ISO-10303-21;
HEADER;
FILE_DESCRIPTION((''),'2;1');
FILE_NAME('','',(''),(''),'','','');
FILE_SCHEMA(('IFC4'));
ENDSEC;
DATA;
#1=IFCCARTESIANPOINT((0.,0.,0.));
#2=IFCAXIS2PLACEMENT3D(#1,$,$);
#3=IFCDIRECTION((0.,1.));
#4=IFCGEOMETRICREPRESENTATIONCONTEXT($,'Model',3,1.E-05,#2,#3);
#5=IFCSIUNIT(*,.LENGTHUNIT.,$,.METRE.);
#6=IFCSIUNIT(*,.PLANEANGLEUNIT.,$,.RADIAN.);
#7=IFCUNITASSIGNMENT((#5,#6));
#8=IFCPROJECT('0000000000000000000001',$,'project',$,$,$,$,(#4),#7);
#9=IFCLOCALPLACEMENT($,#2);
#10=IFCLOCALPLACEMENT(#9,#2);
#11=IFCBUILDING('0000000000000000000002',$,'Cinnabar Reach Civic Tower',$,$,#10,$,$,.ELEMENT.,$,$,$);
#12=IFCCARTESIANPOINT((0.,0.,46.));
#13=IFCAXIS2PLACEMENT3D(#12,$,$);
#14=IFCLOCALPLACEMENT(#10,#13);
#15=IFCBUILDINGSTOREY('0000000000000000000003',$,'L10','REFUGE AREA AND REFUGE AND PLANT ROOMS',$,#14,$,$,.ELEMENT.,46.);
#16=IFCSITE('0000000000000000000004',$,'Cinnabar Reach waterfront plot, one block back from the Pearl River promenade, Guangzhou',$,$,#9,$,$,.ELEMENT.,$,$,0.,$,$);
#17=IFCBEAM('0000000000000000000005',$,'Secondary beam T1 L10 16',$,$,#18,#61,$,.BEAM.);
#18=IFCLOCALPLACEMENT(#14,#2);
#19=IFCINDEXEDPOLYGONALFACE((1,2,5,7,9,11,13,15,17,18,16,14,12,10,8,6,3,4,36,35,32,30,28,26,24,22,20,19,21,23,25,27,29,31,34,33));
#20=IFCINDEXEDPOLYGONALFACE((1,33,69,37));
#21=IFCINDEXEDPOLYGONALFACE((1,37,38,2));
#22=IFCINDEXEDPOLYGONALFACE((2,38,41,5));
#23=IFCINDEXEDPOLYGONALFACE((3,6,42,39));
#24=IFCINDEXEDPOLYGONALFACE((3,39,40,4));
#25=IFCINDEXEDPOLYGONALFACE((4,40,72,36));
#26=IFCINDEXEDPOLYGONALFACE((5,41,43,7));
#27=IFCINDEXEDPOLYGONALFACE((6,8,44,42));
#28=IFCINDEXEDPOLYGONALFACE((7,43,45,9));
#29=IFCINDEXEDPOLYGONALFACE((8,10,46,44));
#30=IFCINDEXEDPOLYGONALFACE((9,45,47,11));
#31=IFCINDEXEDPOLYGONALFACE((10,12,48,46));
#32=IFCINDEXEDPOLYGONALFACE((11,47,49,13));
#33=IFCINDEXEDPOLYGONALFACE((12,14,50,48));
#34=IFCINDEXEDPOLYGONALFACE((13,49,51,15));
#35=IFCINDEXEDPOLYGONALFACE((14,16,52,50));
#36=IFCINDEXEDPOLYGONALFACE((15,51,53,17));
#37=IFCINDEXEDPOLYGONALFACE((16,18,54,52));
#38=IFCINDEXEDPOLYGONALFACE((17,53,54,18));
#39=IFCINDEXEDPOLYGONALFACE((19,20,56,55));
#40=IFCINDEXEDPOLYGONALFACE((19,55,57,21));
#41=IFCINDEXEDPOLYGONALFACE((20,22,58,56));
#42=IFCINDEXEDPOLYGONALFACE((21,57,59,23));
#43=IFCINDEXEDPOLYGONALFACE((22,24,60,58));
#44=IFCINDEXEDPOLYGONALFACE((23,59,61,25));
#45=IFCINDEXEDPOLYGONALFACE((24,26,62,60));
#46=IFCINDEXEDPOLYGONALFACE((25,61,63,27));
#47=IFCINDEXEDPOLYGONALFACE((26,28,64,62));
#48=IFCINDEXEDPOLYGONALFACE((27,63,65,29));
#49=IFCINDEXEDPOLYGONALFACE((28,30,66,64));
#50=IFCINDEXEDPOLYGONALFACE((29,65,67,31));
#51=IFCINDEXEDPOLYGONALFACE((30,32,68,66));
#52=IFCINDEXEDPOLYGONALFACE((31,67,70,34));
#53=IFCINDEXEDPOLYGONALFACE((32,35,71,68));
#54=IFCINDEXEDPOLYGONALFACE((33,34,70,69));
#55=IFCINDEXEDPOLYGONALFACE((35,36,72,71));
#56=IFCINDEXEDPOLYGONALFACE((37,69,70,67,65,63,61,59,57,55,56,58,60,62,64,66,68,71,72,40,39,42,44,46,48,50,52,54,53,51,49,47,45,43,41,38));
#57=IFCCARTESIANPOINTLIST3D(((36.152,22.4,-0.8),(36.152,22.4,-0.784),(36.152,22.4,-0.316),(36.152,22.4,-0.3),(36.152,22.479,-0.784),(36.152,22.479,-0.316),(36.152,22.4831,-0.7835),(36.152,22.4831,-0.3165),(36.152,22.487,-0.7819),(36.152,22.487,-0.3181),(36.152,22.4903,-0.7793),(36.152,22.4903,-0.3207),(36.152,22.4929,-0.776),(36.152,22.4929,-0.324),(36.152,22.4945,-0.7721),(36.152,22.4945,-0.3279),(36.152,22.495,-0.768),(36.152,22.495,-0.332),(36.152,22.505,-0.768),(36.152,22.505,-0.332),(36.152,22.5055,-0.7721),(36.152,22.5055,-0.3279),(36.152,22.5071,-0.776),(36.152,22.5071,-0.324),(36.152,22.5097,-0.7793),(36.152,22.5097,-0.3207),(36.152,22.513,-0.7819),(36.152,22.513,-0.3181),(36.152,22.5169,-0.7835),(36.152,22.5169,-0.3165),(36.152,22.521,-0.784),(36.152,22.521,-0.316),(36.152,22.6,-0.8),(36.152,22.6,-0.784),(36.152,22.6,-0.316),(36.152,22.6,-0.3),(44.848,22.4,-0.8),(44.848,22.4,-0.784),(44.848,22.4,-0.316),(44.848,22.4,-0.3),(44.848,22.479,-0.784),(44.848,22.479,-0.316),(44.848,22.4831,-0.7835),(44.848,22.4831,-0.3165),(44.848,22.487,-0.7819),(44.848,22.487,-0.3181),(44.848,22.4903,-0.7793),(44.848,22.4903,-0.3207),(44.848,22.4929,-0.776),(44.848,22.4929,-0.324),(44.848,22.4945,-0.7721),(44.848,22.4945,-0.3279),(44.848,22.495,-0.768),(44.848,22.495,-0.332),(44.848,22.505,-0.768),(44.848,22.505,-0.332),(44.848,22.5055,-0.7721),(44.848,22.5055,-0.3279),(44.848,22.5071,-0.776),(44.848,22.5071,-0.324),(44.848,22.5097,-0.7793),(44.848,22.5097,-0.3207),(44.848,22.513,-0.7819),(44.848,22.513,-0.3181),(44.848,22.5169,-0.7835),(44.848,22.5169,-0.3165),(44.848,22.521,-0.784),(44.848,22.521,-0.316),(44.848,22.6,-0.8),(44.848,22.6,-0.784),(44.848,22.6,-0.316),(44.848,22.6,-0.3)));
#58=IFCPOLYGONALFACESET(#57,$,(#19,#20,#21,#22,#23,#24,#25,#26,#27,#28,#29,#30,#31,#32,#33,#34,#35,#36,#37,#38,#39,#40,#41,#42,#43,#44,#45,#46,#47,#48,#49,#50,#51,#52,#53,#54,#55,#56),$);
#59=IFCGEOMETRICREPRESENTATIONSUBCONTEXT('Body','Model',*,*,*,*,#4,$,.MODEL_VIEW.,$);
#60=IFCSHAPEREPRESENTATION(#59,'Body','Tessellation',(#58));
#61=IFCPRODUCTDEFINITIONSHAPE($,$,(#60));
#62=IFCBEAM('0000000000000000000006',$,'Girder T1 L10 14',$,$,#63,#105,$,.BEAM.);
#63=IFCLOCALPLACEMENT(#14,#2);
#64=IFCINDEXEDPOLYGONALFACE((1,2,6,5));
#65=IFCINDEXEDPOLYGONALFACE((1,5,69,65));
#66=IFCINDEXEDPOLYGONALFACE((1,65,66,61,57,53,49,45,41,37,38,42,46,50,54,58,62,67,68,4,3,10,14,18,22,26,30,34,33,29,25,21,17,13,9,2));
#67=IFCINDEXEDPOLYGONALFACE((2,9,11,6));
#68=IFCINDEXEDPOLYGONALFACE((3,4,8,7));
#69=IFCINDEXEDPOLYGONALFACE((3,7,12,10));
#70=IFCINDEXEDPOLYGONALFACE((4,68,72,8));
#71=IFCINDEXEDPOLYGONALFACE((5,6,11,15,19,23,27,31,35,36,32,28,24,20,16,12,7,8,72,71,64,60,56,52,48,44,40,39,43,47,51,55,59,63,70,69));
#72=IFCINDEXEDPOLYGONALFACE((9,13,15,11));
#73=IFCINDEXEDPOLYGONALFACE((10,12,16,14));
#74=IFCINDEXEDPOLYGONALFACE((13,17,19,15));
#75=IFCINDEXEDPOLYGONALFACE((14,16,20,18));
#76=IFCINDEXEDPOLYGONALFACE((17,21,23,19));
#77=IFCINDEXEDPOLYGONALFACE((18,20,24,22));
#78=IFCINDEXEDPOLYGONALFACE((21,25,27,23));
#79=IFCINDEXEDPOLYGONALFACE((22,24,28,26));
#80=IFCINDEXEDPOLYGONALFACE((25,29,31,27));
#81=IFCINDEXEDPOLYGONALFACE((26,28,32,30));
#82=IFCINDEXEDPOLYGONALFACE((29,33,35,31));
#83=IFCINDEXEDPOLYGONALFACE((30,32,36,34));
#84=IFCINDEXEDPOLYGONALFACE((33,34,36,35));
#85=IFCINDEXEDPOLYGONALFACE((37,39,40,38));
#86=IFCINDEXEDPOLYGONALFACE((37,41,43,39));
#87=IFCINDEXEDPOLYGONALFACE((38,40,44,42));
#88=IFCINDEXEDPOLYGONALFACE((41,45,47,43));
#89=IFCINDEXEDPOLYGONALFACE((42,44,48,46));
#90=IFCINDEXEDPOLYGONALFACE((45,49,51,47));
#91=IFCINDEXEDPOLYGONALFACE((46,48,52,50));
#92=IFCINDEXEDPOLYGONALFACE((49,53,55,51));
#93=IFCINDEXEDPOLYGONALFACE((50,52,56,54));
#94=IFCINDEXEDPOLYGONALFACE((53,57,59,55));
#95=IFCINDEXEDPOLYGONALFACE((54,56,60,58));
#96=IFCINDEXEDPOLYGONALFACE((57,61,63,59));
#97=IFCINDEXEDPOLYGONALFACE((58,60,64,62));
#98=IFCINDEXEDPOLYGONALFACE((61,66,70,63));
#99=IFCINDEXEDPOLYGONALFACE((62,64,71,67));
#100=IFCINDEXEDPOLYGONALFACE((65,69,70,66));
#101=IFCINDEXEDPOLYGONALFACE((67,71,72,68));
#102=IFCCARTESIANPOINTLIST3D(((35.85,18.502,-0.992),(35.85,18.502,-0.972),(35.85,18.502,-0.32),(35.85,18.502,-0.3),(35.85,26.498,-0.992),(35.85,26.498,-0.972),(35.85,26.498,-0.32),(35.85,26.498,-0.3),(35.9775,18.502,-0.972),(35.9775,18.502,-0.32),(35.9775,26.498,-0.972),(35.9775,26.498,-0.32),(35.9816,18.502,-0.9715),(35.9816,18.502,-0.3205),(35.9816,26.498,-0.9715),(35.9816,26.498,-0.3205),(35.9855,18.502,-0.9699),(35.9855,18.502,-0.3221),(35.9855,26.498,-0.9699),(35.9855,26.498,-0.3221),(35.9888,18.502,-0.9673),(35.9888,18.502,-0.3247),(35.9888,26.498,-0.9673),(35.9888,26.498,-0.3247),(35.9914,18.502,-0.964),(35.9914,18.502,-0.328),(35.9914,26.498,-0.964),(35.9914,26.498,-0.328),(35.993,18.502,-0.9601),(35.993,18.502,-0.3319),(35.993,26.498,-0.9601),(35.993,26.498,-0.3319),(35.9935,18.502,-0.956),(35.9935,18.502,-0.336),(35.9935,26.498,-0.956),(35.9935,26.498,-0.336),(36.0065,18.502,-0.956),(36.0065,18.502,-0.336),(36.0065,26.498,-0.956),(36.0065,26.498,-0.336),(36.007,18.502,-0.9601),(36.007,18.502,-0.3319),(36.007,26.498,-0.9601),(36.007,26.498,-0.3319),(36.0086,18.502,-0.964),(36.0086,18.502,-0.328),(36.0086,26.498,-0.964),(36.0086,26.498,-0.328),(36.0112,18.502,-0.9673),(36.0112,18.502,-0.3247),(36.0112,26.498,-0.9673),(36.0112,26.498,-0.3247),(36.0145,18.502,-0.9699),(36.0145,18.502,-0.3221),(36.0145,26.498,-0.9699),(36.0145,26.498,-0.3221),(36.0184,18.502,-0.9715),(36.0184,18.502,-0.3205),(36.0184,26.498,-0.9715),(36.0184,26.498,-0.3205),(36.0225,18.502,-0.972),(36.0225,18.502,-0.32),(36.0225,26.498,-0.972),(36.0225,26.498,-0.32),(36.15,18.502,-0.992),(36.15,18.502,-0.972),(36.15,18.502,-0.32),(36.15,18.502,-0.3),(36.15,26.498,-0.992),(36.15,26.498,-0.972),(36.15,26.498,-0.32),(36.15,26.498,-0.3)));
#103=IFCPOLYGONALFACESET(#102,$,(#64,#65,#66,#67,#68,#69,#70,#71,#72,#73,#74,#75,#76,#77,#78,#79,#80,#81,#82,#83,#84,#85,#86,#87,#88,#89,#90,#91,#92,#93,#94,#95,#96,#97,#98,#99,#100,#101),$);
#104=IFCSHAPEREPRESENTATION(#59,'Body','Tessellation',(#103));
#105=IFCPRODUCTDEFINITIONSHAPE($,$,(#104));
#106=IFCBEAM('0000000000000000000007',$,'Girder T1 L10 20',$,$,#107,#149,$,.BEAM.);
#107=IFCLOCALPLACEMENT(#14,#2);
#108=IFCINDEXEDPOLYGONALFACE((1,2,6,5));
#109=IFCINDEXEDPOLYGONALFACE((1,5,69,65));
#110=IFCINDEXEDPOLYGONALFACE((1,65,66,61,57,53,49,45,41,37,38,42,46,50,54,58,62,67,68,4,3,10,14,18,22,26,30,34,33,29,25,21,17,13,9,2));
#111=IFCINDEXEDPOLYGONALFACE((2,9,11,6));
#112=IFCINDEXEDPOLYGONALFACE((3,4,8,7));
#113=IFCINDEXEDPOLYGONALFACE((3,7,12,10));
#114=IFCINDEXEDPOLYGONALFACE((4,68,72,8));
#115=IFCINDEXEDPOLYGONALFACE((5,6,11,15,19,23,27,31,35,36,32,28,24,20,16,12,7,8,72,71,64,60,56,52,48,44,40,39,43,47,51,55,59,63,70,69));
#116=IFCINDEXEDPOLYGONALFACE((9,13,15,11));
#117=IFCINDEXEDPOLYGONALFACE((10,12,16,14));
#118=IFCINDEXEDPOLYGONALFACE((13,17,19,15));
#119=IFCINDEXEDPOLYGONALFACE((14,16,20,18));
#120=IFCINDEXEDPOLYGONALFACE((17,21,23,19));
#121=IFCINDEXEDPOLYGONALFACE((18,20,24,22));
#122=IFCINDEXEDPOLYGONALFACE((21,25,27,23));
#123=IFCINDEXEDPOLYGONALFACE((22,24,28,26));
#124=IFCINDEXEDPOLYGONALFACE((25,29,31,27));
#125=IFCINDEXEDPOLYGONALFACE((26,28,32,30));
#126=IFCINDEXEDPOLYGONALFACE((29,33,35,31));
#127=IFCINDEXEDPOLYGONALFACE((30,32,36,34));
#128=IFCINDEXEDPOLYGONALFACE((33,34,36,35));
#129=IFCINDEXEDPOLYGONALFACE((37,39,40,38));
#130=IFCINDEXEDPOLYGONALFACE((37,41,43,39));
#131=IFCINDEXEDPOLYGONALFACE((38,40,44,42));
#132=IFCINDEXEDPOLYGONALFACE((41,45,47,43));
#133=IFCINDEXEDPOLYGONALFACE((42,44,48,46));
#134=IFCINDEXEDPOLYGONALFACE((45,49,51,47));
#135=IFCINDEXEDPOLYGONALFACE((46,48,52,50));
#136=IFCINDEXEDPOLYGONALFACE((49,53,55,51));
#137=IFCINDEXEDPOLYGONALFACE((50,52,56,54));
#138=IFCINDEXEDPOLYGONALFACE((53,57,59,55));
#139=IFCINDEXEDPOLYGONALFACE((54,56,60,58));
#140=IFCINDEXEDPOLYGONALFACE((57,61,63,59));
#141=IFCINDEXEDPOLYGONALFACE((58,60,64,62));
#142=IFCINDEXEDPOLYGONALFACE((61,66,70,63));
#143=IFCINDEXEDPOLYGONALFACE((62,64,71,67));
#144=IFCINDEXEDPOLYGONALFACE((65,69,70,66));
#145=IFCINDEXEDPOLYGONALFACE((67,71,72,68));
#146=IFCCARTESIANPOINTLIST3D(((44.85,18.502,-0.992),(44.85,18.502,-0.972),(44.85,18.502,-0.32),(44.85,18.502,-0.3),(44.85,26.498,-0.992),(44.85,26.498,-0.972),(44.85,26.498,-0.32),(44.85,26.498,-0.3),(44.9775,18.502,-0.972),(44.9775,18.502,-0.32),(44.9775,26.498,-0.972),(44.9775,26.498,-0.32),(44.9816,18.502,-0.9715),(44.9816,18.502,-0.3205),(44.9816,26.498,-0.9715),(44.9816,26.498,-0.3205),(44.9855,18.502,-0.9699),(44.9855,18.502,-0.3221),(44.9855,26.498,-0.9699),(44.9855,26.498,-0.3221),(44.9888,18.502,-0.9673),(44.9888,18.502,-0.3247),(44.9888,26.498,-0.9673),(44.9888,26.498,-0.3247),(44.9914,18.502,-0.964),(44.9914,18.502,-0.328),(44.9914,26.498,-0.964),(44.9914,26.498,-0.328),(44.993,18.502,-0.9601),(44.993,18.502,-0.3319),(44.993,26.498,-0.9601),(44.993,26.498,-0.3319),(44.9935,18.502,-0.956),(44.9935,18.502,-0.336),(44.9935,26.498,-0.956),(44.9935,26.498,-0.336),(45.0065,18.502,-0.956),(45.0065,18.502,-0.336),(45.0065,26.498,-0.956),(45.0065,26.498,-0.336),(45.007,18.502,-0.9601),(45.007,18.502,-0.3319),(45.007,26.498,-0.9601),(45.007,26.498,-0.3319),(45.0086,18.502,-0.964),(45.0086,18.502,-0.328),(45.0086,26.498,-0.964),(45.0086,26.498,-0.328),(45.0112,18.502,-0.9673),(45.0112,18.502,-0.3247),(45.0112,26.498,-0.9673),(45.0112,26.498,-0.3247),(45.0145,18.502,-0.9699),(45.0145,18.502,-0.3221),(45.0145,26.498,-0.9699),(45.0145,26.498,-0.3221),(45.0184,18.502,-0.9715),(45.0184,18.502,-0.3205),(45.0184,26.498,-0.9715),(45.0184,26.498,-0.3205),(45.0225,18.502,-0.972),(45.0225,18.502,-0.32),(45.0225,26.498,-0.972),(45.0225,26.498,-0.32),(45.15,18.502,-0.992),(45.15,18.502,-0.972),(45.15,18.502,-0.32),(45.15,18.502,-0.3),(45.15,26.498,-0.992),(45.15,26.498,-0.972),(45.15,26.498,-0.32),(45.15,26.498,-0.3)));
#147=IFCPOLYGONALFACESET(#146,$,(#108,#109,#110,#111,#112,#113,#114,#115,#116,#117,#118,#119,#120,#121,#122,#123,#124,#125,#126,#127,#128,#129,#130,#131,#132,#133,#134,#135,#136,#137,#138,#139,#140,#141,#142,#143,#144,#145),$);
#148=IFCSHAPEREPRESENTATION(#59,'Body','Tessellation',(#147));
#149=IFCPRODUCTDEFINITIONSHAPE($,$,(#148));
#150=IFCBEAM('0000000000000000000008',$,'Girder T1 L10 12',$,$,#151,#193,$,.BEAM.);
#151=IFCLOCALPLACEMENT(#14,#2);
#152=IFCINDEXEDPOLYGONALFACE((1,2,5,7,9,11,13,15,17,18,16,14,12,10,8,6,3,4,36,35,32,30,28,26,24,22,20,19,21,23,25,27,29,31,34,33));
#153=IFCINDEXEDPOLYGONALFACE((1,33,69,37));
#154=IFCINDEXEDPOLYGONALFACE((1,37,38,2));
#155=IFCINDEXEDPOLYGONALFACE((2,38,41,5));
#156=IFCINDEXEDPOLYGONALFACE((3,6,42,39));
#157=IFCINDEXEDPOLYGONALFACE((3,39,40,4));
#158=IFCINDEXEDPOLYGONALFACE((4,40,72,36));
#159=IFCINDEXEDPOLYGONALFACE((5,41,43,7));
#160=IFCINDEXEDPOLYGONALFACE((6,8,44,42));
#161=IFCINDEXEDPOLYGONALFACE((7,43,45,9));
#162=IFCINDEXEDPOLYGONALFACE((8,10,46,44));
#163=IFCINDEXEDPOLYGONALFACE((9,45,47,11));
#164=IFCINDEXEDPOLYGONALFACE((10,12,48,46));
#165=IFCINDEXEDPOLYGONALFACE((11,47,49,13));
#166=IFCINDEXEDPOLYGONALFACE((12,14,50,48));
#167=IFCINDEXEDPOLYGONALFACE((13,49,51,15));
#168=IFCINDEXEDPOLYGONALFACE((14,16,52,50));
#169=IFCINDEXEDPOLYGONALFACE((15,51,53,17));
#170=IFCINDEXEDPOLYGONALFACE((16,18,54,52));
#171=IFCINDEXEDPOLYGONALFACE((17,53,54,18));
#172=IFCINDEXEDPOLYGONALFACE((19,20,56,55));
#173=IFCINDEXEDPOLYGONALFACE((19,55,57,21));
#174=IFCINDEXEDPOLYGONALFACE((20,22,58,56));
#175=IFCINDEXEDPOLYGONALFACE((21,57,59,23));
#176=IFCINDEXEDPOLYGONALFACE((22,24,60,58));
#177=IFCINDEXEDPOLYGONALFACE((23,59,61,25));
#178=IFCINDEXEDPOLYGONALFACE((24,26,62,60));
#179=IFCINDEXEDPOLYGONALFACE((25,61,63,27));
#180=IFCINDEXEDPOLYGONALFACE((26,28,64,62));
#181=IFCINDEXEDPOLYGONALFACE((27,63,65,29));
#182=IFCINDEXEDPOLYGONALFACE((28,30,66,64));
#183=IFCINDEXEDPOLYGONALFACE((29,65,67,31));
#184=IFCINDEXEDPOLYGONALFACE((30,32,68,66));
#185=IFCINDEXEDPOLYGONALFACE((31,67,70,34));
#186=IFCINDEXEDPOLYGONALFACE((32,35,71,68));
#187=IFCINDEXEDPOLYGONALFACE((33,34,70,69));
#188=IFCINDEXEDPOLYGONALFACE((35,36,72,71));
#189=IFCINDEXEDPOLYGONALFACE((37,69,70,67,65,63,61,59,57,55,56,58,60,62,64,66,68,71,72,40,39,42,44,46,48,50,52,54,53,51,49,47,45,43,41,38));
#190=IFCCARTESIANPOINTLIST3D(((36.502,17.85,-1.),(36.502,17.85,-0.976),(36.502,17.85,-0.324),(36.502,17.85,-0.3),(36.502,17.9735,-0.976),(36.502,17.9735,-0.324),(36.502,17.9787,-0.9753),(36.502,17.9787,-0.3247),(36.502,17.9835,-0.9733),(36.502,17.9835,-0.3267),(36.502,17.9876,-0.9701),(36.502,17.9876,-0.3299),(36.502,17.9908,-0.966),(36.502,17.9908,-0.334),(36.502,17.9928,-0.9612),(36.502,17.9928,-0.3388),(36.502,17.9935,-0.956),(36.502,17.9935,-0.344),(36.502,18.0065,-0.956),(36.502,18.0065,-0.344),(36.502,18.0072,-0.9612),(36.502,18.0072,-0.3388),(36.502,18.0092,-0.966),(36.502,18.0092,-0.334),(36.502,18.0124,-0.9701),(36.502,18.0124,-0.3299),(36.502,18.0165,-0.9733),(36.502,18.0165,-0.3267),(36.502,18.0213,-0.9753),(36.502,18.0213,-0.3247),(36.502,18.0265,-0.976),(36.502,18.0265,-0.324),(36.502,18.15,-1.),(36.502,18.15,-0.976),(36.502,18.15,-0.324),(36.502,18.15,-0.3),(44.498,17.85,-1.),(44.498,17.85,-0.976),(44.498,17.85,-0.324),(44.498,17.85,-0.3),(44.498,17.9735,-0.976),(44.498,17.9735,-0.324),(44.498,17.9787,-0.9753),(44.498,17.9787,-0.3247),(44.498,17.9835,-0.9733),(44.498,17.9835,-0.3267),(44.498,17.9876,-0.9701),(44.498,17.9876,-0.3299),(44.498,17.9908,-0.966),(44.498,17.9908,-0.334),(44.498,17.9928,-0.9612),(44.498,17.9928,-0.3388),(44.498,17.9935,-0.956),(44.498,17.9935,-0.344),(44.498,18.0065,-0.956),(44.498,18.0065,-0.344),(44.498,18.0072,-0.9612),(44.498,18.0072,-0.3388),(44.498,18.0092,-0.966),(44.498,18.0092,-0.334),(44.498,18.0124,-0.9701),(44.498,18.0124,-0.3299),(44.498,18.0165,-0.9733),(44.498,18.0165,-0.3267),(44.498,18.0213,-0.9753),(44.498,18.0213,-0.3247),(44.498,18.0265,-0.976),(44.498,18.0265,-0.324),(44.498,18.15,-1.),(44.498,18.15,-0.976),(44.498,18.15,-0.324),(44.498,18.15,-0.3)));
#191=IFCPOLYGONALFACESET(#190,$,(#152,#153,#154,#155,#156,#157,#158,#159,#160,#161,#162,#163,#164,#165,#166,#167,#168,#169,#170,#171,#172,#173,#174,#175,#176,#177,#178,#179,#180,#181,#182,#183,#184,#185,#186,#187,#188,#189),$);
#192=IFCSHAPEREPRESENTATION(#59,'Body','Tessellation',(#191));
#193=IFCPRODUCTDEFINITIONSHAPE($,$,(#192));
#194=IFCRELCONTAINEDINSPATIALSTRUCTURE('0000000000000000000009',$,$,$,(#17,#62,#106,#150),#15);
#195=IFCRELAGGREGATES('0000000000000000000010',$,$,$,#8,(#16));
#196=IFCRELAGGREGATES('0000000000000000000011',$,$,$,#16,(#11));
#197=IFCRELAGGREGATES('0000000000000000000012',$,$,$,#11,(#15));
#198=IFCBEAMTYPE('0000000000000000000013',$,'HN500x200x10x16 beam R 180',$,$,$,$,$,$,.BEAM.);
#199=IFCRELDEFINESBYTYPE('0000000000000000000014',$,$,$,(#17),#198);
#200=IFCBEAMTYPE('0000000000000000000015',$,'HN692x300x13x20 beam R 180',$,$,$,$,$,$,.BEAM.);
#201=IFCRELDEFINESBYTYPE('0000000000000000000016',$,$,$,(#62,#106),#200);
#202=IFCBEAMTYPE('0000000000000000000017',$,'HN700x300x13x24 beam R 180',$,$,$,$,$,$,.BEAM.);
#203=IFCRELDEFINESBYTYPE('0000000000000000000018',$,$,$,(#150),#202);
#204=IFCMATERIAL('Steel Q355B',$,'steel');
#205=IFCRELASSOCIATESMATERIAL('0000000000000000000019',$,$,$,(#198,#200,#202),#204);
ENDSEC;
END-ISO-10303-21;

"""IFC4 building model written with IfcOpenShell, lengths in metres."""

from ifc_helpers import new_model, si_unit, direction, frame, origin, origin_2d, place, context, subcontext, project, spatial, i_section, extrude, material, material_profile, profile_set, type_object, element, save


model = new_model("IFC4")

# Units and contexts
model_context = context("Model", 3, precision=1e-05, world=origin(), true_north=direction((0.0, 1.0)))
body_context = subcontext(model_context, "Body", "Model", "MODEL_VIEW")
ifc_project = project(units=[si_unit("LENGTHUNIT", "METRE"), si_unit("PLANEANGLEUNIT", "RADIAN")], contexts=[model_context])

# Site, building, storey
site_placement = place(None, origin())
site = spatial("IfcSite", under=ifc_project, at=site_placement, Name="Cinnabar Reach waterfront plot, one block back from the Pearl River promenade, Guangzhou", CompositionType="ELEMENT", RefElevation=0.0)
building_placement = place(site_placement, origin())
building = spatial("IfcBuilding", under=site, at=building_placement, Name="Cinnabar Reach Civic Tower", CompositionType="ELEMENT")
storey_placement = place(building_placement, frame((0.0, 0.0, 46.0)))
storey = spatial("IfcBuildingStorey", under=building, at=storey_placement, Name="L10", Description="REFUGE AREA AND REFUGE AND PLANT ROOMS", CompositionType="ELEMENT", Elevation=46.0)

# Shared definitions
ifc_material_1 = material(Name="Steel Q355B", Category="steel")

# Beams
ifc_material_profile_1 = material_profile(ifc_material_1, i_section(OverallWidth=0.2, OverallDepth=0.5, WebThickness=0.01, FlangeThickness=0.016, FilletRadius=0.016, at=origin_2d()), Name="HN500x200x10x16")
ifc_profile_set_1 = profile_set([ifc_material_profile_1], Name="Steel Q355B")
beam_type_1 = type_object("IfcBeamType", Name="HN500x200x10x16 beam R 180", PredefinedType="BEAM", material=ifc_profile_set_1)
beam_placement = place(storey_placement, frame((36.152, 22.5, -0.55), z_axis=(1.0, 0.0, 0.0), x_axis=(0.0, 1.0, 0.0)))
element("IfcBeam", 1, at=beam_placement, inside=storey, type_object=beam_type_1, Name="Secondary beam T1 L10 16", PredefinedType="BEAM", context=body_context, shape_type="SweptSolid", body=[
    extrude(i_section(OverallWidth=0.2, OverallDepth=0.5, WebThickness=0.01, FlangeThickness=0.016, FilletRadius=0.016, at=origin_2d()), origin(), (0.0, 0.0, 1.0), 8.696),
])
ifc_material_profile_2 = material_profile(ifc_material_1, i_section(OverallWidth=0.3, OverallDepth=0.692, WebThickness=0.013, FlangeThickness=0.02, FilletRadius=0.016, at=origin_2d()), Name="HN692x300x13x20")
ifc_profile_set_2 = profile_set([ifc_material_profile_2], Name="Steel Q355B")
beam_type_2 = type_object("IfcBeamType", Name="HN692x300x13x20 beam R 180", PredefinedType="BEAM", material=ifc_profile_set_2)
for number, where, z_axis, x_axis, name in (
    (2, (36.0, 18.502, -0.646), (0.0, 1.0, 0.0), (-1.0, 0.0, 0.0), "Girder T1 L10 14"),
    (3, (45.0, 18.502, -0.646), (0.0, 1.0, 0.0), (-1.0, 0.0, 0.0), "Girder T1 L10 20"),
):
    element("IfcBeam", number, at=place(storey_placement, frame(where, z_axis=z_axis, x_axis=x_axis)), inside=storey, type_object=beam_type_2, Name=name, PredefinedType="BEAM", context=body_context, shape_type="SweptSolid", body=[
        extrude(i_section(OverallWidth=0.3, OverallDepth=0.692, WebThickness=0.013, FlangeThickness=0.02, FilletRadius=0.016, at=origin_2d()), origin(), (0.0, 0.0, 1.0), 7.996),
    ])
ifc_material_profile_3 = material_profile(ifc_material_1, i_section(OverallWidth=0.3, OverallDepth=0.7, WebThickness=0.013, FlangeThickness=0.024, FilletRadius=0.02, at=origin_2d()), Name="HN700x300x13x24")
ifc_profile_set_3 = profile_set([ifc_material_profile_3], Name="Steel Q355B")
beam_type_3 = type_object("IfcBeamType", Name="HN700x300x13x24 beam R 180", PredefinedType="BEAM", material=ifc_profile_set_3)
for number, where, z_axis, x_axis, name in (
    (4, (36.502, 18.0, -0.65), (1.0, 0.0, 0.0), (0.0, 1.0, 0.0), "Girder T1 L10 12"),
):
    element("IfcBeam", number, at=place(storey_placement, frame(where, z_axis=z_axis, x_axis=x_axis)), inside=storey, type_object=beam_type_3, Name=name, PredefinedType="BEAM", context=body_context, shape_type="SweptSolid", body=[
        extrude(i_section(OverallWidth=0.3, OverallDepth=0.7, WebThickness=0.013, FlangeThickness=0.024, FilletRadius=0.02, at=origin_2d()), origin(), (0.0, 0.0, 1.0), 7.996),
    ])

save(model, "model.ifc")
